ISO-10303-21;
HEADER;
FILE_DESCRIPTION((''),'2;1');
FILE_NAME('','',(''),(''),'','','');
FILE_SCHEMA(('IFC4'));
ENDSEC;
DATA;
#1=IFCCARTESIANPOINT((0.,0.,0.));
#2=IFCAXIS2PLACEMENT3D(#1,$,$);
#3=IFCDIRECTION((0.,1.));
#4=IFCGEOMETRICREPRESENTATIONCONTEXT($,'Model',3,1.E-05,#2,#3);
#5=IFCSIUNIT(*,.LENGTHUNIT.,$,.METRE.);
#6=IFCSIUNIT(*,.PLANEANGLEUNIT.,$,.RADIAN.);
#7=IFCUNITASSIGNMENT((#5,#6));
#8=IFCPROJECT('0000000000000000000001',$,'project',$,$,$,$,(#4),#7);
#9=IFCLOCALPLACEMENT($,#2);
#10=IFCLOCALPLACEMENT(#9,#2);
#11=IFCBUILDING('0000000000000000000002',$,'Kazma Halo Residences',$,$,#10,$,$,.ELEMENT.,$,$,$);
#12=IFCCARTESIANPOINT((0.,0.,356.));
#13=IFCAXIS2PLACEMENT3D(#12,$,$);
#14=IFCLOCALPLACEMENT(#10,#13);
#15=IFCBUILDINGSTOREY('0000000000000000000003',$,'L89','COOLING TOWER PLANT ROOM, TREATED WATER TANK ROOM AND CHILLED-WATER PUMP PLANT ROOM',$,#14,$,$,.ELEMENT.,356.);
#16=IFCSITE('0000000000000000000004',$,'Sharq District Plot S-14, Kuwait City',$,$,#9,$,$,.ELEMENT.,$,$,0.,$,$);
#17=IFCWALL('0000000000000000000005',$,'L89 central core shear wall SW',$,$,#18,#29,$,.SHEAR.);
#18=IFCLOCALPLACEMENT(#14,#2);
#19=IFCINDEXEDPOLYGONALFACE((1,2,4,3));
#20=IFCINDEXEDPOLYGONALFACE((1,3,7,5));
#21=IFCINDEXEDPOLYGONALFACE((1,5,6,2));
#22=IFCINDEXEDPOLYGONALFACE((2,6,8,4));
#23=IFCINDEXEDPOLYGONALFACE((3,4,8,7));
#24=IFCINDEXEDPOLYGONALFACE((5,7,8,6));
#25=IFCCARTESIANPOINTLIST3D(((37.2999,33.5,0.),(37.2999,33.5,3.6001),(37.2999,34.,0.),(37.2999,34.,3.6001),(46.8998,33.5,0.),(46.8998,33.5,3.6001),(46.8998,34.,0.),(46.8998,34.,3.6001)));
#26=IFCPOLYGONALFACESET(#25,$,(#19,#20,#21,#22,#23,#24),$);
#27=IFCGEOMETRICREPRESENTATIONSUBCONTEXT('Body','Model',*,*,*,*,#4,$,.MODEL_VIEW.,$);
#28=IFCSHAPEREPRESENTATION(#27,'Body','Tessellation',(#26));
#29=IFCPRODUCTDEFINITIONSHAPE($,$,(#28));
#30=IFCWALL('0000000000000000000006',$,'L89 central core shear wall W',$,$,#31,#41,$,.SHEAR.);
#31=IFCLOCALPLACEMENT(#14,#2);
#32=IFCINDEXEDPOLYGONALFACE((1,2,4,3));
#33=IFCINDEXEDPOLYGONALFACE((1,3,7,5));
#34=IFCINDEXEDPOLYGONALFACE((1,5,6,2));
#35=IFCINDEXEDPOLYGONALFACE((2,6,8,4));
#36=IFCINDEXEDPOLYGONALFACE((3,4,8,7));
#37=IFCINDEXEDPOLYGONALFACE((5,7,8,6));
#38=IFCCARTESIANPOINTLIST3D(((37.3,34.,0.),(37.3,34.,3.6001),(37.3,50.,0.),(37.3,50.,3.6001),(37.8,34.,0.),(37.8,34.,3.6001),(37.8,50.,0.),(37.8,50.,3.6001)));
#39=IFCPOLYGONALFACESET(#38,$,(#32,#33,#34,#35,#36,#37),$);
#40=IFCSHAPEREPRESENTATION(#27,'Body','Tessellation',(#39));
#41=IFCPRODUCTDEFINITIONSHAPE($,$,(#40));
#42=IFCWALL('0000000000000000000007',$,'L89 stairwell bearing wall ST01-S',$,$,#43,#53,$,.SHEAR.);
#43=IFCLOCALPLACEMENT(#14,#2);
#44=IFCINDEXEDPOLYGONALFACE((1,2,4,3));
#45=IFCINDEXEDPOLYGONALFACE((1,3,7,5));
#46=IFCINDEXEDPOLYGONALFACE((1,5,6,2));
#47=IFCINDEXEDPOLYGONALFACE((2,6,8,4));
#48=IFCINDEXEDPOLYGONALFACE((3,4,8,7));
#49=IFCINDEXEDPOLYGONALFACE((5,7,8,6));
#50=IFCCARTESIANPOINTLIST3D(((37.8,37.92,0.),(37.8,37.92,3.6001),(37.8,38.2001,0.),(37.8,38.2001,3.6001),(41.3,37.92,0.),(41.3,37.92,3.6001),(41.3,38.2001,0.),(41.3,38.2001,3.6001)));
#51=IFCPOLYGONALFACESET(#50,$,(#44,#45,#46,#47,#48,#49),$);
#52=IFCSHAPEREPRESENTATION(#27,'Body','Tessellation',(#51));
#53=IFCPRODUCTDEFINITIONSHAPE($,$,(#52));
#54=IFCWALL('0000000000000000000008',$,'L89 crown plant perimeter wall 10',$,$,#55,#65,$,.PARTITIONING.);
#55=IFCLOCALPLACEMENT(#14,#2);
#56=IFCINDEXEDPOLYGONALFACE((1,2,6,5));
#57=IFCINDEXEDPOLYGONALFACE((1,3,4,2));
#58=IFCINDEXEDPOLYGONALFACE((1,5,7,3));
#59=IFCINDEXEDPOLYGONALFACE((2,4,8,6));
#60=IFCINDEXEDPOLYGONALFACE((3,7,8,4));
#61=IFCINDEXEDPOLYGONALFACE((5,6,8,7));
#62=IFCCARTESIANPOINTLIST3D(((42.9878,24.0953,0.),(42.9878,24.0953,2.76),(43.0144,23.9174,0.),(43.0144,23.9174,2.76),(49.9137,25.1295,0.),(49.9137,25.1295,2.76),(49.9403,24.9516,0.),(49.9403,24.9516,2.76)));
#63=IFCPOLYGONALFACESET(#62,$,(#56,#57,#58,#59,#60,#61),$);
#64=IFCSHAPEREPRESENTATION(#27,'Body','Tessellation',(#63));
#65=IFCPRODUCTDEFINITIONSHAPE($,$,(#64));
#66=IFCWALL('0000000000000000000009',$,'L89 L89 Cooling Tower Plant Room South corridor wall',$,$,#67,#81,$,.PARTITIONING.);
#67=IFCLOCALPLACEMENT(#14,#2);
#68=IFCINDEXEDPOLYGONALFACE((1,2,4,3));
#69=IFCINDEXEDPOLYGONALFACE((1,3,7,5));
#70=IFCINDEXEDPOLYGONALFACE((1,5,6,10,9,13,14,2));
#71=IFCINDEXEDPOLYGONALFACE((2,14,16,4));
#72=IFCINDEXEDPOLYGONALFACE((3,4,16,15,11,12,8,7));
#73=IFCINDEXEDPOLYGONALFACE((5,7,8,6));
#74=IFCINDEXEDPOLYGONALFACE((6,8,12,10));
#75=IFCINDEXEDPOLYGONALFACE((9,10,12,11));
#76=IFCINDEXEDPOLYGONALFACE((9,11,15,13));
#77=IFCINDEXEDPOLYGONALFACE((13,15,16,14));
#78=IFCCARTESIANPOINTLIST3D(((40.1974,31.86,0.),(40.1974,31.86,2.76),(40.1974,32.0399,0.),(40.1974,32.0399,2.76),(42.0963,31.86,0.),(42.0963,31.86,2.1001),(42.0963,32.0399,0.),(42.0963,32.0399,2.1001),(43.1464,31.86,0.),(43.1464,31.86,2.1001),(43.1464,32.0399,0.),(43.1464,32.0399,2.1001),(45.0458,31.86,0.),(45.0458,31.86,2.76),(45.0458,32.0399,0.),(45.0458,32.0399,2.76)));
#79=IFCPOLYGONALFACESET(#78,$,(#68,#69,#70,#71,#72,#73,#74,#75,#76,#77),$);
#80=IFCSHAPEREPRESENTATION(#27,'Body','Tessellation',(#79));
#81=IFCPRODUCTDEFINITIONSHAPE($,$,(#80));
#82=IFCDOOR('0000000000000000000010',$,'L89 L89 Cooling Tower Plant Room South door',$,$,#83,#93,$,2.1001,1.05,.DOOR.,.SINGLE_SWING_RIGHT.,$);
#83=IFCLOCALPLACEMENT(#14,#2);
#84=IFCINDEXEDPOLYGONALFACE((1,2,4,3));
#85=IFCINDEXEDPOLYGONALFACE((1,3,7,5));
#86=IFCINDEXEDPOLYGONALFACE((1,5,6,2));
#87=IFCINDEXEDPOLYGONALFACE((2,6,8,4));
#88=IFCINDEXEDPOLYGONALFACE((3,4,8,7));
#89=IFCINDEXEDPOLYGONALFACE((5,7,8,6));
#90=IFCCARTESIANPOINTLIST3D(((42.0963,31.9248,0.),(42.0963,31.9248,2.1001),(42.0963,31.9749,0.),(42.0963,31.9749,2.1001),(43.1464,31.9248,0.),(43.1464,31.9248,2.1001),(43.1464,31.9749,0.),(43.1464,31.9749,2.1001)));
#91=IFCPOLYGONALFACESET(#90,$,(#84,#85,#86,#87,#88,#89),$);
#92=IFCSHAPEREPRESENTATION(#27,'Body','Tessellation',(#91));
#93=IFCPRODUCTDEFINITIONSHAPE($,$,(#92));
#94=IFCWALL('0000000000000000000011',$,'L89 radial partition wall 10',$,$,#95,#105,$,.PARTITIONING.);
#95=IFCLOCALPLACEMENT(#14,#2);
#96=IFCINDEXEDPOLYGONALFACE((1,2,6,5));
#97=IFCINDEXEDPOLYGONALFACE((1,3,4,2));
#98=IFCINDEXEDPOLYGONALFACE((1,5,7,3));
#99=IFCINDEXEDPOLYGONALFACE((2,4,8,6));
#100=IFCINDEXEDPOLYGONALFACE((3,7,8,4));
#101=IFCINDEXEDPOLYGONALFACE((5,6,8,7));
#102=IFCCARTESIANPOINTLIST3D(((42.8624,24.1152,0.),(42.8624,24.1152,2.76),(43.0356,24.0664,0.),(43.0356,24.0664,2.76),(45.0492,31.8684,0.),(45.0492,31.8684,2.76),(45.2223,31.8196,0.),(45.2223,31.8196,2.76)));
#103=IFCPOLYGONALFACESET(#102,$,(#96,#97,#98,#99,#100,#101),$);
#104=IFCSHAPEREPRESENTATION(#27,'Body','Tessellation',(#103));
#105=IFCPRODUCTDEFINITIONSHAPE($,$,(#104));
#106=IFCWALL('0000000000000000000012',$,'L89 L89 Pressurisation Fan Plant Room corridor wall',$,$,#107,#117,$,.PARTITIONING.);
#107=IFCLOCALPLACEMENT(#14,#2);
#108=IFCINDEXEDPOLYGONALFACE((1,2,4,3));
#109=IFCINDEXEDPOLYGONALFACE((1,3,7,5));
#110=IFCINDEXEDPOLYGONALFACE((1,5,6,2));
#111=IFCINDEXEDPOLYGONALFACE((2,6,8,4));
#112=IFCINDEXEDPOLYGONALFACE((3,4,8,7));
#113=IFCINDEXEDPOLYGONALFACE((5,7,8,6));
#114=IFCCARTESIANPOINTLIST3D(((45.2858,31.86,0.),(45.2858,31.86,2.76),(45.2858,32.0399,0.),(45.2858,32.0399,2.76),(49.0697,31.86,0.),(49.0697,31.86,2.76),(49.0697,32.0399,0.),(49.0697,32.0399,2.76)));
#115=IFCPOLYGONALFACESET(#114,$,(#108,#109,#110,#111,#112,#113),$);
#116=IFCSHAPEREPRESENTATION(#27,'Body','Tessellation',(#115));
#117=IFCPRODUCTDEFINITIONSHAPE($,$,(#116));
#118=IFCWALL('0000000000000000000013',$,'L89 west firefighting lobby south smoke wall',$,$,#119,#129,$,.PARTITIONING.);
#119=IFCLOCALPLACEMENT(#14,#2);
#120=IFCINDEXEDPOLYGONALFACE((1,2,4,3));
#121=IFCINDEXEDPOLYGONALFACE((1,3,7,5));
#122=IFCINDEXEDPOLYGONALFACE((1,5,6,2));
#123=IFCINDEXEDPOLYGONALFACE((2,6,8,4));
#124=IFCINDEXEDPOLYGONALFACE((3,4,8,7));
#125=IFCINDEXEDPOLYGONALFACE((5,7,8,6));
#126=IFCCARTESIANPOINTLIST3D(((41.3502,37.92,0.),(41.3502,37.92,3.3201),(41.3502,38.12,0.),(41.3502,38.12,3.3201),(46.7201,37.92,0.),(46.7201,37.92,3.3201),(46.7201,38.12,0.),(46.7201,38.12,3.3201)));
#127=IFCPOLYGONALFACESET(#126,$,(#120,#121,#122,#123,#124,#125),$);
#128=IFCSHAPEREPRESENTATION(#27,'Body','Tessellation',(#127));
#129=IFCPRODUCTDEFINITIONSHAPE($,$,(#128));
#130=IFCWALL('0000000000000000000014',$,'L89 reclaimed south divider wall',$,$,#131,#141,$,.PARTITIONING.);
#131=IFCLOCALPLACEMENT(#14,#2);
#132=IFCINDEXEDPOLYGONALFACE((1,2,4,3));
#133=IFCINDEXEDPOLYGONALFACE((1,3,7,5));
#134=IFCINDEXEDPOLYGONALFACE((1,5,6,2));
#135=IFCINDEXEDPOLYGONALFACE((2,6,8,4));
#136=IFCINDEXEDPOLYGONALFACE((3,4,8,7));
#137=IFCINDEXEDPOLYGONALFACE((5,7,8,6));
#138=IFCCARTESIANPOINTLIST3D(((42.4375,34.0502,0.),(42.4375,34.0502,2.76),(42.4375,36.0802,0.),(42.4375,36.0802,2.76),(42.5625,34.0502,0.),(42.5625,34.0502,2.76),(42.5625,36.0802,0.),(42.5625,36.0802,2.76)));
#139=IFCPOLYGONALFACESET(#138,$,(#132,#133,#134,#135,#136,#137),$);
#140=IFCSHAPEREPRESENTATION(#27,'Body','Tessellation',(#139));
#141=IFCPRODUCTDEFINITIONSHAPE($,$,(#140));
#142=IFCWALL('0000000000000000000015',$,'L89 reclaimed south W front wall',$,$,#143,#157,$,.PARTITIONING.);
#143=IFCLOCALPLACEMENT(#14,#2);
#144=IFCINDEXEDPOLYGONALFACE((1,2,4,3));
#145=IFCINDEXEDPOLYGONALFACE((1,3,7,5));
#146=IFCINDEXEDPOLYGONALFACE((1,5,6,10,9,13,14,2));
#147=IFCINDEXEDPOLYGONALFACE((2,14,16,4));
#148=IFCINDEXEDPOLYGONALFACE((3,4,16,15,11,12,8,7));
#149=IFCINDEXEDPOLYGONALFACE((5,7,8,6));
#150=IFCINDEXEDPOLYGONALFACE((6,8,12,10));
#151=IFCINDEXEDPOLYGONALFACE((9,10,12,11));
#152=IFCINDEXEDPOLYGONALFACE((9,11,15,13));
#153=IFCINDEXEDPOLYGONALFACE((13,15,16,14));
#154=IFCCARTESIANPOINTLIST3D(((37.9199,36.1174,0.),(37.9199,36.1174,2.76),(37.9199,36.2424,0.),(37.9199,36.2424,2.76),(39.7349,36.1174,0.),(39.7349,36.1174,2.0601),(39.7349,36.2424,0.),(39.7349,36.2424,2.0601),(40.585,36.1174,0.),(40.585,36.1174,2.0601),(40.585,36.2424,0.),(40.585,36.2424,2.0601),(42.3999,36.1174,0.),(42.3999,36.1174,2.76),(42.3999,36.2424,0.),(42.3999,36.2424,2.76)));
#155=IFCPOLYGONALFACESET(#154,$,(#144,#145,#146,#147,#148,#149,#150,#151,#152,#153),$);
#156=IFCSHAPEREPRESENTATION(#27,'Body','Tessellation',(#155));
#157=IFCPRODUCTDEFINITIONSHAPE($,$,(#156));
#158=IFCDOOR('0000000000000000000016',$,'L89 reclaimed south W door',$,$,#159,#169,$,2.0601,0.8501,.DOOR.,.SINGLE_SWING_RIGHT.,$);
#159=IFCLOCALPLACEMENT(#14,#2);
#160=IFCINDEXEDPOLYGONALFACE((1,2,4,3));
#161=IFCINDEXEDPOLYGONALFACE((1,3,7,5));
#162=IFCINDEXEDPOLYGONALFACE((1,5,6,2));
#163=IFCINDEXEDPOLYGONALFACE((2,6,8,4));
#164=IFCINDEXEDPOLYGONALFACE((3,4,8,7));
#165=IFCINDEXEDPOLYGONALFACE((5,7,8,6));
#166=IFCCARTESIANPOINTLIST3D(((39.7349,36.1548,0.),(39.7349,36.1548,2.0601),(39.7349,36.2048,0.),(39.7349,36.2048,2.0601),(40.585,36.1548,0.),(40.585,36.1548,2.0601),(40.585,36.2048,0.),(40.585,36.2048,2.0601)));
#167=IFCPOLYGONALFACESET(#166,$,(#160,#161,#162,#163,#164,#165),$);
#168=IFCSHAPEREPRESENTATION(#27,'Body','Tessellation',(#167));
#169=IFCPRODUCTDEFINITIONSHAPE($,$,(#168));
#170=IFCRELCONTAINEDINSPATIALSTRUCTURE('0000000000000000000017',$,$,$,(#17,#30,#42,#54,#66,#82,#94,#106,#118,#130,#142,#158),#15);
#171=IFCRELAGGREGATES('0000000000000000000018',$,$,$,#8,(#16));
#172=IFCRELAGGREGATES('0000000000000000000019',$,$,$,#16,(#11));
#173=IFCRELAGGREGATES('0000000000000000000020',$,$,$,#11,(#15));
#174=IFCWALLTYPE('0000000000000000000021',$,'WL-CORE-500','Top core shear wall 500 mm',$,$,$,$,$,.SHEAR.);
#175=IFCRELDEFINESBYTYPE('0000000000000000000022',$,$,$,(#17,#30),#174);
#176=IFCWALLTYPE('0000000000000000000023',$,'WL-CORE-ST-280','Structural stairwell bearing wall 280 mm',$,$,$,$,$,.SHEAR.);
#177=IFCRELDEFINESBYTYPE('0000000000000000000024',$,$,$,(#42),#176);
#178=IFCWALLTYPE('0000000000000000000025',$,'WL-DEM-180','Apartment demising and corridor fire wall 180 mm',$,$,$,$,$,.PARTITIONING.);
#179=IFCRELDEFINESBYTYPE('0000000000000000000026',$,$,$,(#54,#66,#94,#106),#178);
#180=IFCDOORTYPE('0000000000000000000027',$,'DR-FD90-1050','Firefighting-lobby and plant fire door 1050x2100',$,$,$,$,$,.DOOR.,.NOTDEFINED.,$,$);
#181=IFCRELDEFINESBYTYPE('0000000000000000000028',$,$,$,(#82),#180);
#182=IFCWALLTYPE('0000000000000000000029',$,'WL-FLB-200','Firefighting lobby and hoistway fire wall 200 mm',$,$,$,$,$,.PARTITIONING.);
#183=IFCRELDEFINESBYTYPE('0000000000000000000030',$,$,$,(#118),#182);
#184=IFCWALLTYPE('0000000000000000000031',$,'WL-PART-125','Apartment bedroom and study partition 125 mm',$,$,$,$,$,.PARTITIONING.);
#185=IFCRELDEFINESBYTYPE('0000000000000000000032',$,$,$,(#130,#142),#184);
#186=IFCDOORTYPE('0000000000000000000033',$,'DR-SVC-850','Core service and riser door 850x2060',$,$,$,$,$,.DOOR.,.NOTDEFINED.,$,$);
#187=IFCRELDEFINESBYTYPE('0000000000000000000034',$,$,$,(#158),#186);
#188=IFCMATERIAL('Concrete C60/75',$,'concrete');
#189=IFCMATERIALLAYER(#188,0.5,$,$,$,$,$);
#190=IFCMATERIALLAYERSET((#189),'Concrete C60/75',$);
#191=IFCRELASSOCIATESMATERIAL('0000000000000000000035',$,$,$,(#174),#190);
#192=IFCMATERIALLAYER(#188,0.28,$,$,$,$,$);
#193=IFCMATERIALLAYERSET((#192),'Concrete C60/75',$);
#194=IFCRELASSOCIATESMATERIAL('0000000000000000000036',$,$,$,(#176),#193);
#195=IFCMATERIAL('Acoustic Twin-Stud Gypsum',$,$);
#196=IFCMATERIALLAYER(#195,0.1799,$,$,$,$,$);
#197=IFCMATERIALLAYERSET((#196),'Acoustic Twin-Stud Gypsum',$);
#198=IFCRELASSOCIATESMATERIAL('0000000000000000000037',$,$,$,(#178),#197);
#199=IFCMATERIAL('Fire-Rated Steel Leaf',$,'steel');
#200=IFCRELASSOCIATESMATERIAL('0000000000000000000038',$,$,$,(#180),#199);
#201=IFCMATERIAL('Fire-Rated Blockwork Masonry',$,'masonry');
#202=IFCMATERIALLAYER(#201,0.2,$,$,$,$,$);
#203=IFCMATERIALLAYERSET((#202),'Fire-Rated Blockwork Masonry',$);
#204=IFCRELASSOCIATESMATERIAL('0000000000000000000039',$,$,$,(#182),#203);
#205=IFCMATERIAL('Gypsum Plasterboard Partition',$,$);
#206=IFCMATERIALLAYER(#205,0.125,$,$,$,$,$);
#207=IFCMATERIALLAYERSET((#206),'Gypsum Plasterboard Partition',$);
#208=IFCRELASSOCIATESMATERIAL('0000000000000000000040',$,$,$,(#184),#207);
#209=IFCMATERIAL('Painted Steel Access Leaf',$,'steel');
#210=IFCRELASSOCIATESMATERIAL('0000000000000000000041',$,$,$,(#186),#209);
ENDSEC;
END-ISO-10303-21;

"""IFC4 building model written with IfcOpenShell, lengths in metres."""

from ifc_helpers import new_model, si_unit, direction, frame, frame_2d, origin, place, context, subcontext, project, spatial, rectangle, extrude, material, layer, layer_set, type_object, element, fill, save


model = new_model("IFC4")

# Units and contexts
model_context = context("Model", 3, precision=1e-05, world=origin(), true_north=direction((0.0, 1.0)))
body_context = subcontext(model_context, "Body", "Model", "MODEL_VIEW")
ifc_project = project(units=[si_unit("LENGTHUNIT", "METRE"), si_unit("PLANEANGLEUNIT", "RADIAN")], contexts=[model_context])

# Site, building, storey
site_placement = place(None, origin())
site = spatial("IfcSite", under=ifc_project, at=site_placement, Name="Sharq District Plot S-14, Kuwait City", CompositionType="ELEMENT", RefElevation=0.0)
building_placement = place(site_placement, origin())
building = spatial("IfcBuilding", under=site, at=building_placement, Name="Kazma Halo Residences", CompositionType="ELEMENT")
storey_placement = place(building_placement, frame((0.0, 0.0, 356.0)))
storey = spatial("IfcBuildingStorey", under=building, at=storey_placement, Name="L89", Description="COOLING TOWER PLANT ROOM, TREATED WATER TANK ROOM AND CHILLED-WATER PUMP PLANT ROOM", CompositionType="ELEMENT", Elevation=356.0)

# Walls
ifc_material_1 = material(Name="Concrete C60/75", Category="concrete")
ifc_layer_1 = layer(ifc_material_1, 0.5)
ifc_layer_set_1 = layer_set([ifc_layer_1], Name="Concrete C60/75")
wall_type_1 = type_object("IfcWallType", Name="WL-CORE-500", Description="Top core shear wall 500 mm", PredefinedType="SHEAR", material=ifc_layer_set_1)
wall_1_placement = place(storey_placement, frame((37.3, 33.75, 0.0), z_axis=(0.0, 0.0, 1.0), x_axis=(1.0, 0.0, 0.0)))
element("IfcWall", 1, at=wall_1_placement, inside=storey, type_object=wall_type_1, Name="L89 central core shear wall SW", PredefinedType="SHEAR", context=body_context, shape_type="SweptSolid", body=[
    extrude(rectangle(XDim=9.5999, YDim=0.5, at=frame_2d((4.7998, 0.0))), origin(), (0.0, 0.0, 1.0), 3.6001),
])
wall_2_placement = place(storey_placement, frame((37.55, 34.0, 0.0), z_axis=(0.0, 0.0, 1.0), x_axis=(0.0, 1.0, 0.0)))
element("IfcWall", 2, at=wall_2_placement, inside=storey, type_object=wall_type_1, Name="L89 central core shear wall W", PredefinedType="SHEAR", context=body_context, shape_type="SweptSolid", body=[
    extrude(rectangle(XDim=16.0, YDim=0.5, at=frame_2d((8.0, 0.0))), origin(), (0.0, 0.0, 1.0), 3.6001),
])
ifc_layer_2 = layer(ifc_material_1, 0.28)
ifc_layer_set_2 = layer_set([ifc_layer_2], Name="Concrete C60/75")
wall_type_2 = type_object("IfcWallType", Name="WL-CORE-ST-280", Description="Structural stairwell bearing wall 280 mm", PredefinedType="SHEAR", material=ifc_layer_set_2)
wall_3_placement = place(storey_placement, frame((37.8, 38.0601, 0.0), z_axis=(0.0, 0.0, 1.0), x_axis=(1.0, 0.0, 0.0)))
element("IfcWall", 3, at=wall_3_placement, inside=storey, type_object=wall_type_2, Name="L89 stairwell bearing wall ST01-S", PredefinedType="SHEAR", context=body_context, shape_type="SweptSolid", body=[
    extrude(rectangle(XDim=3.5, YDim=0.28, at=frame_2d((1.75, 0.0))), origin(), (0.0, 0.0, 1.0), 3.6001),
])
ifc_material_2 = material(Name="Acoustic Twin-Stud Gypsum")
ifc_layer_3 = layer(ifc_material_2, 0.1799)
ifc_layer_set_3 = layer_set([ifc_layer_3], Name="Acoustic Twin-Stud Gypsum")
wall_type_3 = type_object("IfcWallType", Name="WL-DEM-180", Description="Apartment demising and corridor fire wall 180 mm", PredefinedType="PARTITIONING", material=ifc_layer_set_3)
wall_4_placement = place(storey_placement, frame((43.001, 24.0063, 0.0), z_axis=(0.0, 0.0, 1.0), x_axis=(0.989034, 0.147686, 0.0)))
element("IfcWall", 4, at=wall_4_placement, inside=storey, type_object=wall_type_3, Name="L89 crown plant perimeter wall 10", PredefinedType="PARTITIONING", context=body_context, shape_type="SweptSolid", body=[
    extrude(rectangle(XDim=7.0027, YDim=0.1799, at=frame_2d((3.5015, 0.0))), origin(), (0.0, 0.0, 1.0), 2.76),
])

# Wall, opening, door
wall_5_placement = place(storey_placement, frame((40.1973, 31.95, 0.0), z_axis=(0.0, 0.0, 1.0), x_axis=(1.0, 0.0, 0.0)))
wall_5 = element("IfcWall", 5, at=wall_5_placement, inside=storey, type_object=wall_type_3, Name="L89 L89 Cooling Tower Plant Room South corridor wall", PredefinedType="PARTITIONING", context=body_context, shape_type="SweptSolid", body=[
    extrude(rectangle(XDim=4.8484, YDim=0.1799, at=frame_2d((2.4243, 0.0))), origin(), (0.0, 0.0, 1.0), 2.76),
])
opening_1_placement = place(wall_5_placement, frame((1.8992, 0.0, 0.0)))
opening_1 = element("IfcOpeningElement", 6, at=opening_1_placement, cuts=wall_5, PredefinedType="OPENING", context=body_context, shape_type="SweptSolid", body=[
    extrude(rectangle(XDim=1.05, YDim=2.1001, at=frame_2d((0.5249, 1.05))), frame((0.0, 0.0999, 0.0), z_axis=(0.0, -1.0, 0.0), x_axis=(1.0, 0.0, 0.0)), (0.0, 0.0, 1.0), 0.2),
])
ifc_material_3 = material(Name="Fire-Rated Steel Leaf", Category="steel")
door_type_1 = type_object("IfcDoorType", Name="DR-FD90-1050", Description="Firefighting-lobby and plant fire door 1050x2100", OperationType="NOTDEFINED", PredefinedType="DOOR", material=ifc_material_3)
door_1_placement = place(opening_1_placement, origin())
door_1 = element("IfcDoor", 7, at=door_1_placement, inside=storey, type_object=door_type_1, Name="L89 L89 Cooling Tower Plant Room South door", OperationType="SINGLE_SWING_RIGHT", OverallHeight=2.1001, OverallWidth=1.05, PredefinedType="DOOR", context=body_context, shape_type="SweptSolid", body=[
    extrude(rectangle(XDim=1.05, YDim=2.1001, at=frame_2d((0.5249, 1.05))), frame((0.0, 0.0249, 0.0), z_axis=(0.0, -1.0, 0.0), x_axis=(1.0, 0.0, 0.0)), (0.0, 0.0, 1.0), 0.05),
])
fill(opening_1, door_1)

# Walls
wall_6_placement = place(storey_placement, frame((45.1357, 31.844, 0.0), z_axis=(0.0, 0.0, 1.0), x_axis=(-0.271457, -0.96245, 0.0)))
element("IfcWall", 8, at=wall_6_placement, inside=storey, type_object=wall_type_3, Name="L89 radial partition wall 10", PredefinedType="PARTITIONING", context=body_context, shape_type="SweptSolid", body=[
    extrude(rectangle(XDim=8.0557, YDim=0.1799, at=frame_2d((4.0278, 0.0))), origin(), (0.0, 0.0, 1.0), 2.76),
])
wall_7_placement = place(storey_placement, frame((45.2856, 31.95, 0.0), z_axis=(0.0, 0.0, 1.0), x_axis=(1.0, 0.0, 0.0)))
element("IfcWall", 9, at=wall_7_placement, inside=storey, type_object=wall_type_3, Name="L89 L89 Pressurisation Fan Plant Room corridor wall", PredefinedType="PARTITIONING", context=body_context, shape_type="SweptSolid", body=[
    extrude(rectangle(XDim=3.7839, YDim=0.1799, at=frame_2d((1.8921, 0.0))), origin(), (0.0, 0.0, 1.0), 2.76),
])
ifc_material_4 = material(Name="Fire-Rated Blockwork Masonry", Category="masonry")
ifc_layer_4 = layer(ifc_material_4, 0.2)
ifc_layer_set_4 = layer_set([ifc_layer_4], Name="Fire-Rated Blockwork Masonry")
wall_type_4 = type_object("IfcWallType", Name="WL-FLB-200", Description="Firefighting lobby and hoistway fire wall 200 mm", PredefinedType="PARTITIONING", material=ifc_layer_set_4)
wall_8_placement = place(storey_placement, frame((41.3501, 38.02, 0.0), z_axis=(0.0, 0.0, 1.0), x_axis=(1.0, 0.0, 0.0)))
element("IfcWall", 10, at=wall_8_placement, inside=storey, type_object=wall_type_4, Name="L89 west firefighting lobby south smoke wall", PredefinedType="PARTITIONING", context=body_context, shape_type="SweptSolid", body=[
    extrude(rectangle(XDim=5.3699, YDim=0.2, at=frame_2d((2.6851, 0.0))), origin(), (0.0, 0.0, 1.0), 3.3201),
])
ifc_material_5 = material(Name="Gypsum Plasterboard Partition")
ifc_layer_5 = layer(ifc_material_5, 0.125)
ifc_layer_set_5 = layer_set([ifc_layer_5], Name="Gypsum Plasterboard Partition")
wall_type_5 = type_object("IfcWallType", Name="WL-PART-125", Description="Apartment bedroom and study partition 125 mm", PredefinedType="PARTITIONING", material=ifc_layer_set_5)
wall_9_placement = place(storey_placement, frame((42.5, 34.05, 0.0), z_axis=(0.0, 0.0, 1.0), x_axis=(0.0, 1.0, 0.0)))
element("IfcWall", 11, at=wall_9_placement, inside=storey, type_object=wall_type_5, Name="L89 reclaimed south divider wall", PredefinedType="PARTITIONING", context=body_context, shape_type="SweptSolid", body=[
    extrude(rectangle(XDim=2.03, YDim=0.125, at=frame_2d((1.0151, 0.0))), origin(), (0.0, 0.0, 1.0), 2.76),
])

# Wall, opening, door
wall_10_placement = place(storey_placement, frame((37.9199, 36.1799, 0.0), z_axis=(0.0, 0.0, 1.0), x_axis=(1.0, 0.0, 0.0)))
wall_10 = element("IfcWall", 12, at=wall_10_placement, inside=storey, type_object=wall_type_5, Name="L89 reclaimed south W front wall", PredefinedType="PARTITIONING", context=body_context, shape_type="SweptSolid", body=[
    extrude(rectangle(XDim=4.48, YDim=0.125, at=frame_2d((2.24, 0.0))), origin(), (0.0, 0.0, 1.0), 2.76),
])
opening_2_placement = place(wall_10_placement, frame((1.8149, 0.0, 0.0)))
opening_2 = element("IfcOpeningElement", 13, at=opening_2_placement, cuts=wall_10, PredefinedType="OPENING", context=body_context, shape_type="SweptSolid", body=[
    extrude(rectangle(XDim=0.8501, YDim=2.0601, at=frame_2d((0.425, 1.03))), frame((0.0, 0.0725, 0.0), z_axis=(0.0, -1.0, 0.0), x_axis=(1.0, 0.0, 0.0)), (0.0, 0.0, 1.0), 0.145),
])
ifc_material_6 = material(Name="Painted Steel Access Leaf", Category="steel")
door_type_2 = type_object("IfcDoorType", Name="DR-SVC-850", Description="Core service and riser door 850x2060", OperationType="NOTDEFINED", PredefinedType="DOOR", material=ifc_material_6)
door_2_placement = place(opening_2_placement, origin())
door_2 = element("IfcDoor", 14, at=door_2_placement, inside=storey, type_object=door_type_2, Name="L89 reclaimed south W door", OperationType="SINGLE_SWING_RIGHT", OverallHeight=2.0601, OverallWidth=0.8501, PredefinedType="DOOR", context=body_context, shape_type="SweptSolid", body=[
    extrude(rectangle(XDim=0.8501, YDim=2.0601, at=frame_2d((0.425, 1.03))), frame((0.0, 0.0249, 0.0), z_axis=(0.0, -1.0, 0.0), x_axis=(1.0, 0.0, 0.0)), (0.0, 0.0, 1.0), 0.05),
])
fill(opening_2, door_2)

save(model, "model.ifc")
